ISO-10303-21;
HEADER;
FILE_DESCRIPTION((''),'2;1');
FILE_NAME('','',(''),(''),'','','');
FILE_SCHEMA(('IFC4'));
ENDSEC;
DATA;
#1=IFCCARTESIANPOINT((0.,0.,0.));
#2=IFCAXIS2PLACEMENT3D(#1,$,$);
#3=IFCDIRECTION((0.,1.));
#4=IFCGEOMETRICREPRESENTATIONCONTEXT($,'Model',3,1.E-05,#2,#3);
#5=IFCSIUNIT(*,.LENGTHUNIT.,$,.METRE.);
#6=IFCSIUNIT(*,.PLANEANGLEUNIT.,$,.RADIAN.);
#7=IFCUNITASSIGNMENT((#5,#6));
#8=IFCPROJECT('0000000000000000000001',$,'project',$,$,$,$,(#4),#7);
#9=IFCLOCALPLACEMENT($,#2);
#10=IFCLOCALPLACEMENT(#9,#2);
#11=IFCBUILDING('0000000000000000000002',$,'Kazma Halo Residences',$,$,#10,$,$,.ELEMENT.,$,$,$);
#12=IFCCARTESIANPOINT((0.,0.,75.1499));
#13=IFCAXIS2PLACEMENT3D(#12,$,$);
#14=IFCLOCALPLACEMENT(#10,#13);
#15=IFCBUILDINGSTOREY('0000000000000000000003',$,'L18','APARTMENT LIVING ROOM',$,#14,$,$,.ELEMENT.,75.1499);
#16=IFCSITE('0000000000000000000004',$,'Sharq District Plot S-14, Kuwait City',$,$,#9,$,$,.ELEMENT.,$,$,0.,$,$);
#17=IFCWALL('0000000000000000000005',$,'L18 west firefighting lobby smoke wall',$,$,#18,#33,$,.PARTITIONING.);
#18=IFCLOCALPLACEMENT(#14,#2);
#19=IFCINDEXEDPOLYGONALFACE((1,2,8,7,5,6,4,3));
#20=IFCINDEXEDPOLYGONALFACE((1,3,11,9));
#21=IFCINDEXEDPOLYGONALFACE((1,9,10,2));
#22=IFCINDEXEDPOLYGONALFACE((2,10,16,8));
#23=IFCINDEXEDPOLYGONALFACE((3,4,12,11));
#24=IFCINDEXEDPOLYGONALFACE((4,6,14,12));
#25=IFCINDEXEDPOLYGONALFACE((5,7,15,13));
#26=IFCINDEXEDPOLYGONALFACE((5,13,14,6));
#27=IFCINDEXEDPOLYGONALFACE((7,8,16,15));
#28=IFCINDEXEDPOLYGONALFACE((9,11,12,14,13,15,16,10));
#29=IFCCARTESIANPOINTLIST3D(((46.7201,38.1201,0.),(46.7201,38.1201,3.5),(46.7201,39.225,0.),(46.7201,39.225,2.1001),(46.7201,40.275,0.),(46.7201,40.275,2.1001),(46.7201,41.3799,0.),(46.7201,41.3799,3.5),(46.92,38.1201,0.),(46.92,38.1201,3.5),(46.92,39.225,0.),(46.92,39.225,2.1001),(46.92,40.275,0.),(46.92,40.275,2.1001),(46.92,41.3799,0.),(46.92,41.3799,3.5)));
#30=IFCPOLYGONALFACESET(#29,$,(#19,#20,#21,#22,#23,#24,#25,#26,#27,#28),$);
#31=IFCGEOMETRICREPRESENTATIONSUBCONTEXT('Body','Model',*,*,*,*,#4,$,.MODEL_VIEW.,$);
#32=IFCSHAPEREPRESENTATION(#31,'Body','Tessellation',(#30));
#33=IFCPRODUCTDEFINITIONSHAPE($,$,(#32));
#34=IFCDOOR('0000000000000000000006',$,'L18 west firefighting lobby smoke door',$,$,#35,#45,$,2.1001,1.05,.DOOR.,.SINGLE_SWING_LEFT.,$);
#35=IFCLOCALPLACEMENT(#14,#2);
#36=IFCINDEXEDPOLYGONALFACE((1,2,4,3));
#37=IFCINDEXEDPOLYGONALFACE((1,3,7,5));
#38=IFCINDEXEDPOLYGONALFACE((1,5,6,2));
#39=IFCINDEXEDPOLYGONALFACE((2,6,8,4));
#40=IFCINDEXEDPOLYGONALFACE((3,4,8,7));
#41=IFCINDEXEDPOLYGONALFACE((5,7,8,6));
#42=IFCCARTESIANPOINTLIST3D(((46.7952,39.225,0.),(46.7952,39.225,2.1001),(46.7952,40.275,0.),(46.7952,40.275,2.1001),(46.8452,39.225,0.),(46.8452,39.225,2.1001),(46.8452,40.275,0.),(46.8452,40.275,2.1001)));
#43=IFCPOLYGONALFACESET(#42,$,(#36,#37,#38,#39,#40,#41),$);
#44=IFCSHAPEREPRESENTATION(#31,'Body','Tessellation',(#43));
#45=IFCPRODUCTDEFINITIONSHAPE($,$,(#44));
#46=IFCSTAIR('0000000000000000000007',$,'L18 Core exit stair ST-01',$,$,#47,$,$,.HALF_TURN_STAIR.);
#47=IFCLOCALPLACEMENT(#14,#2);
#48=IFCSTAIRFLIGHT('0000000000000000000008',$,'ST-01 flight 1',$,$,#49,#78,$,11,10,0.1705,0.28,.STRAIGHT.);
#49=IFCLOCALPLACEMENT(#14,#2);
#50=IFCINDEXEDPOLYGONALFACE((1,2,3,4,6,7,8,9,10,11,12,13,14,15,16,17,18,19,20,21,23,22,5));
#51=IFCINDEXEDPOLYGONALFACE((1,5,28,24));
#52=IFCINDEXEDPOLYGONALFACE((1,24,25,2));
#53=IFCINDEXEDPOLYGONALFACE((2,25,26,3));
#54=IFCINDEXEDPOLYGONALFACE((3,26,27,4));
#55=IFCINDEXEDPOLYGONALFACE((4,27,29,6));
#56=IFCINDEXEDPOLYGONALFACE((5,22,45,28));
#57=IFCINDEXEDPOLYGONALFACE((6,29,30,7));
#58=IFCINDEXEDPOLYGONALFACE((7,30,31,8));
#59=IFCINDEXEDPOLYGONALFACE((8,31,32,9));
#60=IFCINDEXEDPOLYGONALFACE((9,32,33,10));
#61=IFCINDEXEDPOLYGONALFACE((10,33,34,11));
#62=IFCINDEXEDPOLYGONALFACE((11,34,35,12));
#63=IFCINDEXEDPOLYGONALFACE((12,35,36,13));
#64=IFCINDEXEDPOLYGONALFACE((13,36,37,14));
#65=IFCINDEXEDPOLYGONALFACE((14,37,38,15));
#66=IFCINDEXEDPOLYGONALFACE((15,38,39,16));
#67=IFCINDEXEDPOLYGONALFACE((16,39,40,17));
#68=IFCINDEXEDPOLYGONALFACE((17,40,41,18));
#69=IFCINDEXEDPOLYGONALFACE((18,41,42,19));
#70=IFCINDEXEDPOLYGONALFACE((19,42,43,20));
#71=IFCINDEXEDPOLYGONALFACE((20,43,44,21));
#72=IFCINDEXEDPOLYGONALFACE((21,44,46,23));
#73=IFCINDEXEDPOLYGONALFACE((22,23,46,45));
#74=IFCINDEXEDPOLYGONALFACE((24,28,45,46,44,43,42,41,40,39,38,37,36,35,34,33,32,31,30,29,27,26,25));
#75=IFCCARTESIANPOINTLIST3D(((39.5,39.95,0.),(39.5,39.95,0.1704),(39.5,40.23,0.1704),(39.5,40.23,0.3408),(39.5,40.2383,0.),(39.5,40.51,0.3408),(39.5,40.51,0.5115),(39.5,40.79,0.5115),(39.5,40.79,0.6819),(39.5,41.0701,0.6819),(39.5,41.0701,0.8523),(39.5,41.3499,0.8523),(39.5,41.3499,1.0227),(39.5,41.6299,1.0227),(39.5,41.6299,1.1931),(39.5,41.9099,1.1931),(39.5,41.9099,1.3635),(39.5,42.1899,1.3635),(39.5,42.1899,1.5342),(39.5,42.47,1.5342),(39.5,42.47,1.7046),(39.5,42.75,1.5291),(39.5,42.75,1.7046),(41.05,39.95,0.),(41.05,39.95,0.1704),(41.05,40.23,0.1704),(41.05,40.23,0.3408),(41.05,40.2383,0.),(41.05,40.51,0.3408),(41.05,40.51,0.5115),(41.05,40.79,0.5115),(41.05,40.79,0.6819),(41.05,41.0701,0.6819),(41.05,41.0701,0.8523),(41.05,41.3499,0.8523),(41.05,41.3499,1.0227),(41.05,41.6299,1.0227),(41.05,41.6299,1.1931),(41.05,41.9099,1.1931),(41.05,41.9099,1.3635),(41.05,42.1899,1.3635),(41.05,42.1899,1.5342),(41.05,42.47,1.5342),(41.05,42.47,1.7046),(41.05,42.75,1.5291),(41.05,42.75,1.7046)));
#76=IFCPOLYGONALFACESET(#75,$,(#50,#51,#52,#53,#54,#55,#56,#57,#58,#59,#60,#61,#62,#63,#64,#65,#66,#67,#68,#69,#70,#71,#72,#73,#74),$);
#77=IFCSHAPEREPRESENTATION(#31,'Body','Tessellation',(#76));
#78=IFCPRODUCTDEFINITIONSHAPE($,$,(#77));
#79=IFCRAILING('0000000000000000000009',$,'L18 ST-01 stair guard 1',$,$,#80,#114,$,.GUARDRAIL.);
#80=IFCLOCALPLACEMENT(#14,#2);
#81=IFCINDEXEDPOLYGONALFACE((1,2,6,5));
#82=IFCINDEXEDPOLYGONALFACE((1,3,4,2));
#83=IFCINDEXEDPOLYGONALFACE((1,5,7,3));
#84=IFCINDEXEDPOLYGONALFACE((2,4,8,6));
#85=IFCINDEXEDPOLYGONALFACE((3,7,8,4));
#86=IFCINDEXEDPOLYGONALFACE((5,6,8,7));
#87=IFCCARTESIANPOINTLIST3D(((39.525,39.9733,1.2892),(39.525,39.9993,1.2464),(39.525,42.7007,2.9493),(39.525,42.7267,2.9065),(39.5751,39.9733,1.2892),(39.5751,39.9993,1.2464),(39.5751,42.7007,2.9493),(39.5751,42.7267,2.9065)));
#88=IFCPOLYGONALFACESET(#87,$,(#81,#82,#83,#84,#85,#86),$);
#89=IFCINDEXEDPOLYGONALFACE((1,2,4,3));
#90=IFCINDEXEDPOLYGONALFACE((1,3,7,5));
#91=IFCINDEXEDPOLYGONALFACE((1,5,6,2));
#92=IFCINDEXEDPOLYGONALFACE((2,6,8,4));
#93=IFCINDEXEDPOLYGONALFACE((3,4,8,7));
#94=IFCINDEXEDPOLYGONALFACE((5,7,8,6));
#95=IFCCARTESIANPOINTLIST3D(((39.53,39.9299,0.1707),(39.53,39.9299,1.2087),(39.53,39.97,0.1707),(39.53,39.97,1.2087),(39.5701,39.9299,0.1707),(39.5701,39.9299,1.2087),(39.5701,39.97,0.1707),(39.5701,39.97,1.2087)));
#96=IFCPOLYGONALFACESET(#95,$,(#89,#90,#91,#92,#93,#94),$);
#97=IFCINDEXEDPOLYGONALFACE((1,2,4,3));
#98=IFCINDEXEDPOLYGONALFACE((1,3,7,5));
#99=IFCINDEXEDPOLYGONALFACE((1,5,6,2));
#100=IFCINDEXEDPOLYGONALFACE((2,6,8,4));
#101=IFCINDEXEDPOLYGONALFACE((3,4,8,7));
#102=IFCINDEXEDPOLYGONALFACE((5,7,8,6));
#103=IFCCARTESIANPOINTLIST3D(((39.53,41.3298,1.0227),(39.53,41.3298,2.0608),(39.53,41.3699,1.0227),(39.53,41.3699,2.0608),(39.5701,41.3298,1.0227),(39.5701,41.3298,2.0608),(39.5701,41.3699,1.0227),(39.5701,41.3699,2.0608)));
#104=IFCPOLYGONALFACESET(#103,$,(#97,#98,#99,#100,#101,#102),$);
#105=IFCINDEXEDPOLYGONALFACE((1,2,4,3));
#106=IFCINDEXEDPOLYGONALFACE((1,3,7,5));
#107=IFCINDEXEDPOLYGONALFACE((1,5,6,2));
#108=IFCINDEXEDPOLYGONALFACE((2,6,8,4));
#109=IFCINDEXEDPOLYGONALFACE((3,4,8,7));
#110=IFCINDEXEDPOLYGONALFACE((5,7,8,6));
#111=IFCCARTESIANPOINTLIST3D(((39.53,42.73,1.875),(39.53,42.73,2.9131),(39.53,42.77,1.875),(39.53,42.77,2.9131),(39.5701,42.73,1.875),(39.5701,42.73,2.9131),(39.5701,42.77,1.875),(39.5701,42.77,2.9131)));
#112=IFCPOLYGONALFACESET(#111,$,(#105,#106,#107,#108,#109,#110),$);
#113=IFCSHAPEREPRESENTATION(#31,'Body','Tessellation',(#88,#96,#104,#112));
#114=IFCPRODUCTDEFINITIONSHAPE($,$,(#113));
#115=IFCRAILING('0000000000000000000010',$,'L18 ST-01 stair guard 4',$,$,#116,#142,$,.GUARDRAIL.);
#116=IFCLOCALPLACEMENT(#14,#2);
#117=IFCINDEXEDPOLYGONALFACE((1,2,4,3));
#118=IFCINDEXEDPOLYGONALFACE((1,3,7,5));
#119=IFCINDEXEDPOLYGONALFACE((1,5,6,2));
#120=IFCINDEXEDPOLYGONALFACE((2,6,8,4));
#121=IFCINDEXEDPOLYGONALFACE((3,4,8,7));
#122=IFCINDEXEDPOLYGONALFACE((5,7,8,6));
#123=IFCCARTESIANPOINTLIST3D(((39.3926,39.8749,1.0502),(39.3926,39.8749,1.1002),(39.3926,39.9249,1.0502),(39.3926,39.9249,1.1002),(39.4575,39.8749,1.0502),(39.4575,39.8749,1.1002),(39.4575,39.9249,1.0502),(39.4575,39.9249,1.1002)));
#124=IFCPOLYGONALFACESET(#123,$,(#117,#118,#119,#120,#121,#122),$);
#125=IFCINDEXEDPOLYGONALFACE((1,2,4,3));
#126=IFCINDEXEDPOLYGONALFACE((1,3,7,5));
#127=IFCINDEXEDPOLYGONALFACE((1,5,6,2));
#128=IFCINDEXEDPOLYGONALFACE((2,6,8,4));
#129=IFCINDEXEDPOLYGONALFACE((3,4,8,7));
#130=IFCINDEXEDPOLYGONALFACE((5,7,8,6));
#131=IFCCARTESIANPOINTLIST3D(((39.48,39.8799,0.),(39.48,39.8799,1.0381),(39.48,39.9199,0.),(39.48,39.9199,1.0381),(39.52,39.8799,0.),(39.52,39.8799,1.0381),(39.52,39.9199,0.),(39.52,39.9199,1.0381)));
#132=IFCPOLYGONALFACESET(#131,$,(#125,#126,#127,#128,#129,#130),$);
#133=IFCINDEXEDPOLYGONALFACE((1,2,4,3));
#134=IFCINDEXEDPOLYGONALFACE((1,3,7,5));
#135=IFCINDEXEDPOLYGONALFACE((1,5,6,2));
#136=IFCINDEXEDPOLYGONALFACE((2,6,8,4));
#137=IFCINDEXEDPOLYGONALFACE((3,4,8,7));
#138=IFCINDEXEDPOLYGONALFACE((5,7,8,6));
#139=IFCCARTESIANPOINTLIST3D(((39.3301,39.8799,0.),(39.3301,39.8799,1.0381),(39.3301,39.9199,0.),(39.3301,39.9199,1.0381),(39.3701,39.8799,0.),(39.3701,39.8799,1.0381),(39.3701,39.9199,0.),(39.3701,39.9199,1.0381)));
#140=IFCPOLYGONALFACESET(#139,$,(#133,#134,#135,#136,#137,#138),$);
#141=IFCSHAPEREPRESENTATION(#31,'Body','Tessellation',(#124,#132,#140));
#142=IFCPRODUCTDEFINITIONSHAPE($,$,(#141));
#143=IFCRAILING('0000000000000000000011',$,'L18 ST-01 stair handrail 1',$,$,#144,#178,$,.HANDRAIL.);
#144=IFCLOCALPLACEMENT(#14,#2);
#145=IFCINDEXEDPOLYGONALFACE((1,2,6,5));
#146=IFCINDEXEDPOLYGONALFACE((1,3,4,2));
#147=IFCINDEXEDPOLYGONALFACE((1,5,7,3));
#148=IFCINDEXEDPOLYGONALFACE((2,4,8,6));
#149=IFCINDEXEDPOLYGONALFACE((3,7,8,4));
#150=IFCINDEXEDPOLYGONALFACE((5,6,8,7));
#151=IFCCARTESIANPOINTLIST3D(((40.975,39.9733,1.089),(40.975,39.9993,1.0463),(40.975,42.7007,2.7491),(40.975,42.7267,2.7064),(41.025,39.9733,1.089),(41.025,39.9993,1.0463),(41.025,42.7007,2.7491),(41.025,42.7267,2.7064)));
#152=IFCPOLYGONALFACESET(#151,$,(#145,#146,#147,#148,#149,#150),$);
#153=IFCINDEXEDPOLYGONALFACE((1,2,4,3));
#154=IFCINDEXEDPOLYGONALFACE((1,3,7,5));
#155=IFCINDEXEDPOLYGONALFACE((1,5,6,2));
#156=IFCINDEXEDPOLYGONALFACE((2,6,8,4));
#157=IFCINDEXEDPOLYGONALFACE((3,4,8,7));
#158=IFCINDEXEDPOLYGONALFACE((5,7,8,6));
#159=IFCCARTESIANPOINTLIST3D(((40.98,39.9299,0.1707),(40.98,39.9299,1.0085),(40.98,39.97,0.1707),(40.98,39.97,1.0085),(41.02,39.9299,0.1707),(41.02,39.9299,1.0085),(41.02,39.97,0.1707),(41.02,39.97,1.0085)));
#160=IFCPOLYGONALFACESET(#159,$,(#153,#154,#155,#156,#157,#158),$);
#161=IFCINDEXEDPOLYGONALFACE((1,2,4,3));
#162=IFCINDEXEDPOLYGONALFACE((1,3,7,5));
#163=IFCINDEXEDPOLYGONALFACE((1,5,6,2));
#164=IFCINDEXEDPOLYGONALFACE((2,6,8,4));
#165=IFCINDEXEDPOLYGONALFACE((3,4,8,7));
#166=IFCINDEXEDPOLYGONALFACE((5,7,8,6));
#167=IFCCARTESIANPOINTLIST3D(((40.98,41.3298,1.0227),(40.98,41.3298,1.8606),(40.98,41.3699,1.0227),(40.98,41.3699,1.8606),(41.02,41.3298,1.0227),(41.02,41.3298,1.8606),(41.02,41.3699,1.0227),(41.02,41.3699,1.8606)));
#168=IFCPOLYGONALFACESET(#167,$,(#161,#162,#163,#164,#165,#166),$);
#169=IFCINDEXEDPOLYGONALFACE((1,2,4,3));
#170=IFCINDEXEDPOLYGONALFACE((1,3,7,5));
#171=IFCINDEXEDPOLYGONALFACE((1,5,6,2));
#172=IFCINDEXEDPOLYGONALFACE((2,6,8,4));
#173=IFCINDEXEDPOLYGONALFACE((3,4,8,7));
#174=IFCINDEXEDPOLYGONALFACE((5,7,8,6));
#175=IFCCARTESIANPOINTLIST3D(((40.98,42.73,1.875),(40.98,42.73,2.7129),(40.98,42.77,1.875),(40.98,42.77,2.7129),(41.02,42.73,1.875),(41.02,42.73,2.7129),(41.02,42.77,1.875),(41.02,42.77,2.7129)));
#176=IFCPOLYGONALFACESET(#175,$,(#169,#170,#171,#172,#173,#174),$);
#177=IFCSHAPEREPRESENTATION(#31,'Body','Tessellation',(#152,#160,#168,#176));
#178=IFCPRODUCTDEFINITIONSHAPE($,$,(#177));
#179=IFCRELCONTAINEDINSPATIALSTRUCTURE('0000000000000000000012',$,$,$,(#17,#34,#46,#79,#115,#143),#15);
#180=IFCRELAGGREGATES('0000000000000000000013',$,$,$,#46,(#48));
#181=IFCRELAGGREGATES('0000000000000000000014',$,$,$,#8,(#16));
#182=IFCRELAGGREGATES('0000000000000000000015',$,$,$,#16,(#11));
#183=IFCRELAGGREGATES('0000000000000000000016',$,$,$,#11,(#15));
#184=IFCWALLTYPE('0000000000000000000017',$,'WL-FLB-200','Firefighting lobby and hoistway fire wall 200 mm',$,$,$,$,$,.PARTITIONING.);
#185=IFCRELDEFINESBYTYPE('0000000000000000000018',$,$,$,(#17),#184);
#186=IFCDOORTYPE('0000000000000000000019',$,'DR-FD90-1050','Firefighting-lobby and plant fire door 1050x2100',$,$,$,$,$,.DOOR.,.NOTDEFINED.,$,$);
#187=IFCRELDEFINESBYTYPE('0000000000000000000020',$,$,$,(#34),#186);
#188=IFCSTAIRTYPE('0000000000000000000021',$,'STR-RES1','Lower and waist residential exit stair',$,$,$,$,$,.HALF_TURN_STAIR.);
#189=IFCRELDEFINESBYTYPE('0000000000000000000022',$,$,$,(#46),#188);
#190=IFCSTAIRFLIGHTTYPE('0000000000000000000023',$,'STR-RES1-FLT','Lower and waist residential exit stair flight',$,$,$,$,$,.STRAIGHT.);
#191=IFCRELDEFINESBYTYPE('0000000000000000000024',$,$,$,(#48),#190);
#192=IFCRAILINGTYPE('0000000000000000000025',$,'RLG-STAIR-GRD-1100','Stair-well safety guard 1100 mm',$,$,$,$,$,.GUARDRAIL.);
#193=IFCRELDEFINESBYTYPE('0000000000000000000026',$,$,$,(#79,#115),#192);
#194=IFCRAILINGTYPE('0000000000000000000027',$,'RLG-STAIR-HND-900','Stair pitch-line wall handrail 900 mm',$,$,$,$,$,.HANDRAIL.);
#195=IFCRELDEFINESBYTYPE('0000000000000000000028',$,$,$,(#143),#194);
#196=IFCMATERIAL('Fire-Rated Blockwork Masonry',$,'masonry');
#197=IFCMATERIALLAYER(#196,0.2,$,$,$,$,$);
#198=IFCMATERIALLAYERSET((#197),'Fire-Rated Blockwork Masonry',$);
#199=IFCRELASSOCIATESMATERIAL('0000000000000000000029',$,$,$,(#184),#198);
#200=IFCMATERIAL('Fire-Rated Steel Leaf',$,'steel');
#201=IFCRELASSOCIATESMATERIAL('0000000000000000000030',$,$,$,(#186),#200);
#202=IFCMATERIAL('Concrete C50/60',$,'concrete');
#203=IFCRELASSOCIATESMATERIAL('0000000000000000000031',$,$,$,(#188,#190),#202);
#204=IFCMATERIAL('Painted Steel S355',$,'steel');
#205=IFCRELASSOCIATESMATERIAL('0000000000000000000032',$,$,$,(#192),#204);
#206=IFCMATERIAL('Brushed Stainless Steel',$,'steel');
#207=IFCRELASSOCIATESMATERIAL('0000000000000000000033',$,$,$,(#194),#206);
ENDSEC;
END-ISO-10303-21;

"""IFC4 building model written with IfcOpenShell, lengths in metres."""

from ifc_helpers import new_model, si_unit, direction, frame, frame_2d, origin, origin_2d, place, context, subcontext, project, spatial, polyline, rectangle, outline, extrude, material, layer, layer_set, type_object, element, fill, aggregate, save


model = new_model("IFC4")

# Units and contexts
model_context = context("Model", 3, precision=1e-05, world=origin(), true_north=direction((0.0, 1.0)))
body_context = subcontext(model_context, "Body", "Model", "MODEL_VIEW")
ifc_project = project(units=[si_unit("LENGTHUNIT", "METRE"), si_unit("PLANEANGLEUNIT", "RADIAN")], contexts=[model_context])

# Site, building, storey
site_placement = place(None, origin())
site = spatial("IfcSite", under=ifc_project, at=site_placement, Name="Sharq District Plot S-14, Kuwait City", CompositionType="ELEMENT", RefElevation=0.0)
building_placement = place(site_placement, origin())
building = spatial("IfcBuilding", under=site, at=building_placement, Name="Kazma Halo Residences", CompositionType="ELEMENT")
storey_placement = place(building_placement, frame((0.0, 0.0, 75.1499)))
storey = spatial("IfcBuildingStorey", under=building, at=storey_placement, Name="L18", Description="APARTMENT LIVING ROOM", CompositionType="ELEMENT", Elevation=75.1499)

# Shared definitions
ifc_material_1 = material(Name="Fire-Rated Blockwork Masonry", Category="masonry")
ifc_layer_1 = layer(ifc_material_1, 0.2)
ifc_layer_set_1 = layer_set([ifc_layer_1], Name="Fire-Rated Blockwork Masonry")
wall_type_1 = type_object("IfcWallType", Name="WL-FLB-200", Description="Firefighting lobby and hoistway fire wall 200 mm", PredefinedType="PARTITIONING", material=ifc_layer_set_1)

# Wall, opening, door
wall_1_placement = place(storey_placement, frame((46.8201, 38.1201, 0.0), z_axis=(0.0, 0.0, 1.0), x_axis=(0.0, 1.0, 0.0)))
wall_1 = element("IfcWall", 1, at=wall_1_placement, inside=storey, type_object=wall_type_1, Name="L18 west firefighting lobby smoke wall", PredefinedType="PARTITIONING", context=body_context, shape_type="SweptSolid", body=[
    extrude(rectangle(XDim=3.2598, YDim=0.2, at=frame_2d((1.6299, 0.0))), origin(), (0.0, 0.0, 1.0), 3.5),
])
opening_1_placement = place(wall_1_placement, frame((1.105, 0.0, 0.0)))
opening_1 = element("IfcOpeningElement", 2, at=opening_1_placement, cuts=wall_1, PredefinedType="OPENING", context=body_context, shape_type="SweptSolid", body=[
    extrude(rectangle(XDim=1.05, YDim=2.1001, at=frame_2d((0.5249, 1.05))), frame((0.0, 0.1099, 0.0), z_axis=(0.0, -1.0, 0.0), x_axis=(1.0, 0.0, 0.0)), (0.0, 0.0, 1.0), 0.22),
])
ifc_material_2 = material(Name="Fire-Rated Steel Leaf", Category="steel")
door_type_1 = type_object("IfcDoorType", Name="DR-FD90-1050", Description="Firefighting-lobby and plant fire door 1050x2100", OperationType="NOTDEFINED", PredefinedType="DOOR", material=ifc_material_2)
door_1_placement = place(opening_1_placement, origin())
door_1 = element("IfcDoor", 3, at=door_1_placement, inside=storey, type_object=door_type_1, Name="L18 west firefighting lobby smoke door", OperationType="SINGLE_SWING_LEFT", OverallHeight=2.1001, OverallWidth=1.05, PredefinedType="DOOR", context=body_context, shape_type="SweptSolid", body=[
    extrude(rectangle(XDim=1.05, YDim=2.1001, at=frame_2d((0.5249, 1.05))), frame((0.0, 0.0249, 0.0), z_axis=(0.0, -1.0, 0.0), x_axis=(1.0, 0.0, 0.0)), (0.0, 0.0, 1.0), 0.05),
])
fill(opening_1, door_1)
ifc_material_3 = material(Name="Concrete C50/60", Category="concrete")

# Stair, stair flight
stair_type = type_object("IfcStairType", Name="STR-RES1", Description="Lower and waist residential exit stair", PredefinedType="HALF_TURN_STAIR", material=ifc_material_3)
stair_placement = place(storey_placement, origin())
stair = element("IfcStair", 4, at=stair_placement, inside=storey, type_object=stair_type, Name="L18 Core exit stair ST-01", PredefinedType="HALF_TURN_STAIR")
stair_flight_type = type_object("IfcStairFlightType", Name="STR-RES1-FLT", Description="Lower and waist residential exit stair flight", PredefinedType="STRAIGHT", material=ifc_material_3)
stair_flight_placement = place(storey_placement, frame((40.2749, 39.95, 0.0), z_axis=(0.0, 0.0, 1.0), x_axis=(0.0, 1.0, 0.0)))
stair_flight = element("IfcStairFlight", 5, at=stair_flight_placement, type_object=stair_flight_type, Name="ST-01 flight 1", NumberOfRisers=11, NumberOfTreads=10, PredefinedType="STRAIGHT", RiserHeight=0.1705, TreadLength=0.28, context=body_context, shape_type="SweptSolid", body=[
    extrude(outline(polyline([(0.0, 0.0), (0.0, 0.1704), (0.28, 0.1704), (0.28, 0.3408), (0.5601, 0.3408), (0.5601, 0.5115), (0.8401, 0.5115), (0.8401, 0.6819), (1.1201, 0.6819), (1.1201, 0.8523), (1.3999, 0.8523), (1.3999, 1.0227), (1.6799, 1.0227), (1.6799, 1.1931), (1.96, 1.1931), (1.96, 1.3635), (2.24, 1.3635), (2.24, 1.5342), (2.52, 1.5342), (2.52, 1.7046), (2.8, 1.7046), (2.8, 1.875), (2.8, 1.5291), (0.2883, 0.0), (0.0, 0.0)])), frame((0.0, 0.7749, 0.0), z_axis=(0.0, -1.0, 0.0), x_axis=(1.0, 0.0, 0.0)), (0.0, 0.0, 1.0), 1.55),
])
aggregate(stair, [stair_flight])

# Railings
ifc_material_4 = material(Name="Painted Steel S355", Category="steel")
railing_type_1 = type_object("IfcRailingType", Name="RLG-STAIR-GRD-1100", Description="Stair-well safety guard 1100 mm", PredefinedType="GUARDRAIL", material=ifc_material_4)
railing_1_placement = place(storey_placement, frame((39.55, 39.95, 0.1707)))
element("IfcRailing", 6, at=railing_1_placement, inside=storey, type_object=railing_type_1, Name="L18 ST-01 stair guard 1", PredefinedType="GUARDRAIL", context=body_context, shape_type="SweptSolid", body=[
    extrude(rectangle(XDim=0.05, YDim=0.05, at=origin_2d()), frame((0.0, 0.0364, 1.0972), z_axis=(0.0, 0.854203, 0.51994), x_axis=(-1.0, 0.0, 0.0)), (0.0, 0.0, 1.0), 3.1929),
    extrude(rectangle(XDim=0.04, YDim=0.04, at=origin_2d()), origin(), (0.0, 0.0, 1.0), 1.0381),
    extrude(rectangle(XDim=0.04, YDim=0.04, at=origin_2d()), frame((0.0, 1.3999, 0.8521)), (0.0, 0.0, 1.0), 1.0381),
    extrude(rectangle(XDim=0.04, YDim=0.04, at=origin_2d()), frame((0.0, 2.8, 1.7043)), (0.0, 0.0, 1.0), 1.0381),
])
railing_2_placement = place(storey_placement, frame((39.5, 39.8999, 0.0)))
element("IfcRailing", 7, at=railing_2_placement, inside=storey, type_object=railing_type_1, Name="L18 ST-01 stair guard 4", PredefinedType="GUARDRAIL", context=body_context, shape_type="SweptSolid", body=[
    extrude(rectangle(XDim=0.05, YDim=0.05, at=origin_2d()), frame((-0.0425, 0.0, 1.0752), z_axis=(-1.0, 0.0, 0.0), x_axis=(0.0, -1.0, 0.0)), (0.0, 0.0, 1.0), 0.0649),
    extrude(rectangle(XDim=0.04, YDim=0.04, at=origin_2d()), origin(), (0.0, 0.0, 1.0), 1.0381),
    extrude(rectangle(XDim=0.04, YDim=0.04, at=origin_2d()), frame((-0.1499, 0.0, 0.0)), (0.0, 0.0, 1.0), 1.0381),
])
ifc_material_5 = material(Name="Brushed Stainless Steel", Category="steel")
railing_type_2 = type_object("IfcRailingType", Name="RLG-STAIR-HND-900", Description="Stair pitch-line wall handrail 900 mm", PredefinedType="HANDRAIL", material=ifc_material_5)
railing_3_placement = place(storey_placement, frame((41.0, 39.95, 0.1707)))
element("IfcRailing", 8, at=railing_3_placement, inside=storey, type_object=railing_type_2, Name="L18 ST-01 stair handrail 1", PredefinedType="HANDRAIL", context=body_context, shape_type="SweptSolid", body=[
    extrude(rectangle(XDim=0.05, YDim=0.05, at=origin_2d()), frame((0.0, 0.0364, 0.897), z_axis=(0.0, 0.854203, 0.51994), x_axis=(-1.0, 0.0, 0.0)), (0.0, 0.0, 1.0), 3.1929),
    extrude(rectangle(XDim=0.04, YDim=0.04, at=origin_2d()), origin(), (0.0, 0.0, 1.0), 0.8379),
    extrude(rectangle(XDim=0.04, YDim=0.04, at=origin_2d()), frame((0.0, 1.3999, 0.8521)), (0.0, 0.0, 1.0), 0.8379),
    extrude(rectangle(XDim=0.04, YDim=0.04, at=origin_2d()), frame((0.0, 2.8, 1.7043)), (0.0, 0.0, 1.0), 0.8379),
])

save(model, "model.ifc")
